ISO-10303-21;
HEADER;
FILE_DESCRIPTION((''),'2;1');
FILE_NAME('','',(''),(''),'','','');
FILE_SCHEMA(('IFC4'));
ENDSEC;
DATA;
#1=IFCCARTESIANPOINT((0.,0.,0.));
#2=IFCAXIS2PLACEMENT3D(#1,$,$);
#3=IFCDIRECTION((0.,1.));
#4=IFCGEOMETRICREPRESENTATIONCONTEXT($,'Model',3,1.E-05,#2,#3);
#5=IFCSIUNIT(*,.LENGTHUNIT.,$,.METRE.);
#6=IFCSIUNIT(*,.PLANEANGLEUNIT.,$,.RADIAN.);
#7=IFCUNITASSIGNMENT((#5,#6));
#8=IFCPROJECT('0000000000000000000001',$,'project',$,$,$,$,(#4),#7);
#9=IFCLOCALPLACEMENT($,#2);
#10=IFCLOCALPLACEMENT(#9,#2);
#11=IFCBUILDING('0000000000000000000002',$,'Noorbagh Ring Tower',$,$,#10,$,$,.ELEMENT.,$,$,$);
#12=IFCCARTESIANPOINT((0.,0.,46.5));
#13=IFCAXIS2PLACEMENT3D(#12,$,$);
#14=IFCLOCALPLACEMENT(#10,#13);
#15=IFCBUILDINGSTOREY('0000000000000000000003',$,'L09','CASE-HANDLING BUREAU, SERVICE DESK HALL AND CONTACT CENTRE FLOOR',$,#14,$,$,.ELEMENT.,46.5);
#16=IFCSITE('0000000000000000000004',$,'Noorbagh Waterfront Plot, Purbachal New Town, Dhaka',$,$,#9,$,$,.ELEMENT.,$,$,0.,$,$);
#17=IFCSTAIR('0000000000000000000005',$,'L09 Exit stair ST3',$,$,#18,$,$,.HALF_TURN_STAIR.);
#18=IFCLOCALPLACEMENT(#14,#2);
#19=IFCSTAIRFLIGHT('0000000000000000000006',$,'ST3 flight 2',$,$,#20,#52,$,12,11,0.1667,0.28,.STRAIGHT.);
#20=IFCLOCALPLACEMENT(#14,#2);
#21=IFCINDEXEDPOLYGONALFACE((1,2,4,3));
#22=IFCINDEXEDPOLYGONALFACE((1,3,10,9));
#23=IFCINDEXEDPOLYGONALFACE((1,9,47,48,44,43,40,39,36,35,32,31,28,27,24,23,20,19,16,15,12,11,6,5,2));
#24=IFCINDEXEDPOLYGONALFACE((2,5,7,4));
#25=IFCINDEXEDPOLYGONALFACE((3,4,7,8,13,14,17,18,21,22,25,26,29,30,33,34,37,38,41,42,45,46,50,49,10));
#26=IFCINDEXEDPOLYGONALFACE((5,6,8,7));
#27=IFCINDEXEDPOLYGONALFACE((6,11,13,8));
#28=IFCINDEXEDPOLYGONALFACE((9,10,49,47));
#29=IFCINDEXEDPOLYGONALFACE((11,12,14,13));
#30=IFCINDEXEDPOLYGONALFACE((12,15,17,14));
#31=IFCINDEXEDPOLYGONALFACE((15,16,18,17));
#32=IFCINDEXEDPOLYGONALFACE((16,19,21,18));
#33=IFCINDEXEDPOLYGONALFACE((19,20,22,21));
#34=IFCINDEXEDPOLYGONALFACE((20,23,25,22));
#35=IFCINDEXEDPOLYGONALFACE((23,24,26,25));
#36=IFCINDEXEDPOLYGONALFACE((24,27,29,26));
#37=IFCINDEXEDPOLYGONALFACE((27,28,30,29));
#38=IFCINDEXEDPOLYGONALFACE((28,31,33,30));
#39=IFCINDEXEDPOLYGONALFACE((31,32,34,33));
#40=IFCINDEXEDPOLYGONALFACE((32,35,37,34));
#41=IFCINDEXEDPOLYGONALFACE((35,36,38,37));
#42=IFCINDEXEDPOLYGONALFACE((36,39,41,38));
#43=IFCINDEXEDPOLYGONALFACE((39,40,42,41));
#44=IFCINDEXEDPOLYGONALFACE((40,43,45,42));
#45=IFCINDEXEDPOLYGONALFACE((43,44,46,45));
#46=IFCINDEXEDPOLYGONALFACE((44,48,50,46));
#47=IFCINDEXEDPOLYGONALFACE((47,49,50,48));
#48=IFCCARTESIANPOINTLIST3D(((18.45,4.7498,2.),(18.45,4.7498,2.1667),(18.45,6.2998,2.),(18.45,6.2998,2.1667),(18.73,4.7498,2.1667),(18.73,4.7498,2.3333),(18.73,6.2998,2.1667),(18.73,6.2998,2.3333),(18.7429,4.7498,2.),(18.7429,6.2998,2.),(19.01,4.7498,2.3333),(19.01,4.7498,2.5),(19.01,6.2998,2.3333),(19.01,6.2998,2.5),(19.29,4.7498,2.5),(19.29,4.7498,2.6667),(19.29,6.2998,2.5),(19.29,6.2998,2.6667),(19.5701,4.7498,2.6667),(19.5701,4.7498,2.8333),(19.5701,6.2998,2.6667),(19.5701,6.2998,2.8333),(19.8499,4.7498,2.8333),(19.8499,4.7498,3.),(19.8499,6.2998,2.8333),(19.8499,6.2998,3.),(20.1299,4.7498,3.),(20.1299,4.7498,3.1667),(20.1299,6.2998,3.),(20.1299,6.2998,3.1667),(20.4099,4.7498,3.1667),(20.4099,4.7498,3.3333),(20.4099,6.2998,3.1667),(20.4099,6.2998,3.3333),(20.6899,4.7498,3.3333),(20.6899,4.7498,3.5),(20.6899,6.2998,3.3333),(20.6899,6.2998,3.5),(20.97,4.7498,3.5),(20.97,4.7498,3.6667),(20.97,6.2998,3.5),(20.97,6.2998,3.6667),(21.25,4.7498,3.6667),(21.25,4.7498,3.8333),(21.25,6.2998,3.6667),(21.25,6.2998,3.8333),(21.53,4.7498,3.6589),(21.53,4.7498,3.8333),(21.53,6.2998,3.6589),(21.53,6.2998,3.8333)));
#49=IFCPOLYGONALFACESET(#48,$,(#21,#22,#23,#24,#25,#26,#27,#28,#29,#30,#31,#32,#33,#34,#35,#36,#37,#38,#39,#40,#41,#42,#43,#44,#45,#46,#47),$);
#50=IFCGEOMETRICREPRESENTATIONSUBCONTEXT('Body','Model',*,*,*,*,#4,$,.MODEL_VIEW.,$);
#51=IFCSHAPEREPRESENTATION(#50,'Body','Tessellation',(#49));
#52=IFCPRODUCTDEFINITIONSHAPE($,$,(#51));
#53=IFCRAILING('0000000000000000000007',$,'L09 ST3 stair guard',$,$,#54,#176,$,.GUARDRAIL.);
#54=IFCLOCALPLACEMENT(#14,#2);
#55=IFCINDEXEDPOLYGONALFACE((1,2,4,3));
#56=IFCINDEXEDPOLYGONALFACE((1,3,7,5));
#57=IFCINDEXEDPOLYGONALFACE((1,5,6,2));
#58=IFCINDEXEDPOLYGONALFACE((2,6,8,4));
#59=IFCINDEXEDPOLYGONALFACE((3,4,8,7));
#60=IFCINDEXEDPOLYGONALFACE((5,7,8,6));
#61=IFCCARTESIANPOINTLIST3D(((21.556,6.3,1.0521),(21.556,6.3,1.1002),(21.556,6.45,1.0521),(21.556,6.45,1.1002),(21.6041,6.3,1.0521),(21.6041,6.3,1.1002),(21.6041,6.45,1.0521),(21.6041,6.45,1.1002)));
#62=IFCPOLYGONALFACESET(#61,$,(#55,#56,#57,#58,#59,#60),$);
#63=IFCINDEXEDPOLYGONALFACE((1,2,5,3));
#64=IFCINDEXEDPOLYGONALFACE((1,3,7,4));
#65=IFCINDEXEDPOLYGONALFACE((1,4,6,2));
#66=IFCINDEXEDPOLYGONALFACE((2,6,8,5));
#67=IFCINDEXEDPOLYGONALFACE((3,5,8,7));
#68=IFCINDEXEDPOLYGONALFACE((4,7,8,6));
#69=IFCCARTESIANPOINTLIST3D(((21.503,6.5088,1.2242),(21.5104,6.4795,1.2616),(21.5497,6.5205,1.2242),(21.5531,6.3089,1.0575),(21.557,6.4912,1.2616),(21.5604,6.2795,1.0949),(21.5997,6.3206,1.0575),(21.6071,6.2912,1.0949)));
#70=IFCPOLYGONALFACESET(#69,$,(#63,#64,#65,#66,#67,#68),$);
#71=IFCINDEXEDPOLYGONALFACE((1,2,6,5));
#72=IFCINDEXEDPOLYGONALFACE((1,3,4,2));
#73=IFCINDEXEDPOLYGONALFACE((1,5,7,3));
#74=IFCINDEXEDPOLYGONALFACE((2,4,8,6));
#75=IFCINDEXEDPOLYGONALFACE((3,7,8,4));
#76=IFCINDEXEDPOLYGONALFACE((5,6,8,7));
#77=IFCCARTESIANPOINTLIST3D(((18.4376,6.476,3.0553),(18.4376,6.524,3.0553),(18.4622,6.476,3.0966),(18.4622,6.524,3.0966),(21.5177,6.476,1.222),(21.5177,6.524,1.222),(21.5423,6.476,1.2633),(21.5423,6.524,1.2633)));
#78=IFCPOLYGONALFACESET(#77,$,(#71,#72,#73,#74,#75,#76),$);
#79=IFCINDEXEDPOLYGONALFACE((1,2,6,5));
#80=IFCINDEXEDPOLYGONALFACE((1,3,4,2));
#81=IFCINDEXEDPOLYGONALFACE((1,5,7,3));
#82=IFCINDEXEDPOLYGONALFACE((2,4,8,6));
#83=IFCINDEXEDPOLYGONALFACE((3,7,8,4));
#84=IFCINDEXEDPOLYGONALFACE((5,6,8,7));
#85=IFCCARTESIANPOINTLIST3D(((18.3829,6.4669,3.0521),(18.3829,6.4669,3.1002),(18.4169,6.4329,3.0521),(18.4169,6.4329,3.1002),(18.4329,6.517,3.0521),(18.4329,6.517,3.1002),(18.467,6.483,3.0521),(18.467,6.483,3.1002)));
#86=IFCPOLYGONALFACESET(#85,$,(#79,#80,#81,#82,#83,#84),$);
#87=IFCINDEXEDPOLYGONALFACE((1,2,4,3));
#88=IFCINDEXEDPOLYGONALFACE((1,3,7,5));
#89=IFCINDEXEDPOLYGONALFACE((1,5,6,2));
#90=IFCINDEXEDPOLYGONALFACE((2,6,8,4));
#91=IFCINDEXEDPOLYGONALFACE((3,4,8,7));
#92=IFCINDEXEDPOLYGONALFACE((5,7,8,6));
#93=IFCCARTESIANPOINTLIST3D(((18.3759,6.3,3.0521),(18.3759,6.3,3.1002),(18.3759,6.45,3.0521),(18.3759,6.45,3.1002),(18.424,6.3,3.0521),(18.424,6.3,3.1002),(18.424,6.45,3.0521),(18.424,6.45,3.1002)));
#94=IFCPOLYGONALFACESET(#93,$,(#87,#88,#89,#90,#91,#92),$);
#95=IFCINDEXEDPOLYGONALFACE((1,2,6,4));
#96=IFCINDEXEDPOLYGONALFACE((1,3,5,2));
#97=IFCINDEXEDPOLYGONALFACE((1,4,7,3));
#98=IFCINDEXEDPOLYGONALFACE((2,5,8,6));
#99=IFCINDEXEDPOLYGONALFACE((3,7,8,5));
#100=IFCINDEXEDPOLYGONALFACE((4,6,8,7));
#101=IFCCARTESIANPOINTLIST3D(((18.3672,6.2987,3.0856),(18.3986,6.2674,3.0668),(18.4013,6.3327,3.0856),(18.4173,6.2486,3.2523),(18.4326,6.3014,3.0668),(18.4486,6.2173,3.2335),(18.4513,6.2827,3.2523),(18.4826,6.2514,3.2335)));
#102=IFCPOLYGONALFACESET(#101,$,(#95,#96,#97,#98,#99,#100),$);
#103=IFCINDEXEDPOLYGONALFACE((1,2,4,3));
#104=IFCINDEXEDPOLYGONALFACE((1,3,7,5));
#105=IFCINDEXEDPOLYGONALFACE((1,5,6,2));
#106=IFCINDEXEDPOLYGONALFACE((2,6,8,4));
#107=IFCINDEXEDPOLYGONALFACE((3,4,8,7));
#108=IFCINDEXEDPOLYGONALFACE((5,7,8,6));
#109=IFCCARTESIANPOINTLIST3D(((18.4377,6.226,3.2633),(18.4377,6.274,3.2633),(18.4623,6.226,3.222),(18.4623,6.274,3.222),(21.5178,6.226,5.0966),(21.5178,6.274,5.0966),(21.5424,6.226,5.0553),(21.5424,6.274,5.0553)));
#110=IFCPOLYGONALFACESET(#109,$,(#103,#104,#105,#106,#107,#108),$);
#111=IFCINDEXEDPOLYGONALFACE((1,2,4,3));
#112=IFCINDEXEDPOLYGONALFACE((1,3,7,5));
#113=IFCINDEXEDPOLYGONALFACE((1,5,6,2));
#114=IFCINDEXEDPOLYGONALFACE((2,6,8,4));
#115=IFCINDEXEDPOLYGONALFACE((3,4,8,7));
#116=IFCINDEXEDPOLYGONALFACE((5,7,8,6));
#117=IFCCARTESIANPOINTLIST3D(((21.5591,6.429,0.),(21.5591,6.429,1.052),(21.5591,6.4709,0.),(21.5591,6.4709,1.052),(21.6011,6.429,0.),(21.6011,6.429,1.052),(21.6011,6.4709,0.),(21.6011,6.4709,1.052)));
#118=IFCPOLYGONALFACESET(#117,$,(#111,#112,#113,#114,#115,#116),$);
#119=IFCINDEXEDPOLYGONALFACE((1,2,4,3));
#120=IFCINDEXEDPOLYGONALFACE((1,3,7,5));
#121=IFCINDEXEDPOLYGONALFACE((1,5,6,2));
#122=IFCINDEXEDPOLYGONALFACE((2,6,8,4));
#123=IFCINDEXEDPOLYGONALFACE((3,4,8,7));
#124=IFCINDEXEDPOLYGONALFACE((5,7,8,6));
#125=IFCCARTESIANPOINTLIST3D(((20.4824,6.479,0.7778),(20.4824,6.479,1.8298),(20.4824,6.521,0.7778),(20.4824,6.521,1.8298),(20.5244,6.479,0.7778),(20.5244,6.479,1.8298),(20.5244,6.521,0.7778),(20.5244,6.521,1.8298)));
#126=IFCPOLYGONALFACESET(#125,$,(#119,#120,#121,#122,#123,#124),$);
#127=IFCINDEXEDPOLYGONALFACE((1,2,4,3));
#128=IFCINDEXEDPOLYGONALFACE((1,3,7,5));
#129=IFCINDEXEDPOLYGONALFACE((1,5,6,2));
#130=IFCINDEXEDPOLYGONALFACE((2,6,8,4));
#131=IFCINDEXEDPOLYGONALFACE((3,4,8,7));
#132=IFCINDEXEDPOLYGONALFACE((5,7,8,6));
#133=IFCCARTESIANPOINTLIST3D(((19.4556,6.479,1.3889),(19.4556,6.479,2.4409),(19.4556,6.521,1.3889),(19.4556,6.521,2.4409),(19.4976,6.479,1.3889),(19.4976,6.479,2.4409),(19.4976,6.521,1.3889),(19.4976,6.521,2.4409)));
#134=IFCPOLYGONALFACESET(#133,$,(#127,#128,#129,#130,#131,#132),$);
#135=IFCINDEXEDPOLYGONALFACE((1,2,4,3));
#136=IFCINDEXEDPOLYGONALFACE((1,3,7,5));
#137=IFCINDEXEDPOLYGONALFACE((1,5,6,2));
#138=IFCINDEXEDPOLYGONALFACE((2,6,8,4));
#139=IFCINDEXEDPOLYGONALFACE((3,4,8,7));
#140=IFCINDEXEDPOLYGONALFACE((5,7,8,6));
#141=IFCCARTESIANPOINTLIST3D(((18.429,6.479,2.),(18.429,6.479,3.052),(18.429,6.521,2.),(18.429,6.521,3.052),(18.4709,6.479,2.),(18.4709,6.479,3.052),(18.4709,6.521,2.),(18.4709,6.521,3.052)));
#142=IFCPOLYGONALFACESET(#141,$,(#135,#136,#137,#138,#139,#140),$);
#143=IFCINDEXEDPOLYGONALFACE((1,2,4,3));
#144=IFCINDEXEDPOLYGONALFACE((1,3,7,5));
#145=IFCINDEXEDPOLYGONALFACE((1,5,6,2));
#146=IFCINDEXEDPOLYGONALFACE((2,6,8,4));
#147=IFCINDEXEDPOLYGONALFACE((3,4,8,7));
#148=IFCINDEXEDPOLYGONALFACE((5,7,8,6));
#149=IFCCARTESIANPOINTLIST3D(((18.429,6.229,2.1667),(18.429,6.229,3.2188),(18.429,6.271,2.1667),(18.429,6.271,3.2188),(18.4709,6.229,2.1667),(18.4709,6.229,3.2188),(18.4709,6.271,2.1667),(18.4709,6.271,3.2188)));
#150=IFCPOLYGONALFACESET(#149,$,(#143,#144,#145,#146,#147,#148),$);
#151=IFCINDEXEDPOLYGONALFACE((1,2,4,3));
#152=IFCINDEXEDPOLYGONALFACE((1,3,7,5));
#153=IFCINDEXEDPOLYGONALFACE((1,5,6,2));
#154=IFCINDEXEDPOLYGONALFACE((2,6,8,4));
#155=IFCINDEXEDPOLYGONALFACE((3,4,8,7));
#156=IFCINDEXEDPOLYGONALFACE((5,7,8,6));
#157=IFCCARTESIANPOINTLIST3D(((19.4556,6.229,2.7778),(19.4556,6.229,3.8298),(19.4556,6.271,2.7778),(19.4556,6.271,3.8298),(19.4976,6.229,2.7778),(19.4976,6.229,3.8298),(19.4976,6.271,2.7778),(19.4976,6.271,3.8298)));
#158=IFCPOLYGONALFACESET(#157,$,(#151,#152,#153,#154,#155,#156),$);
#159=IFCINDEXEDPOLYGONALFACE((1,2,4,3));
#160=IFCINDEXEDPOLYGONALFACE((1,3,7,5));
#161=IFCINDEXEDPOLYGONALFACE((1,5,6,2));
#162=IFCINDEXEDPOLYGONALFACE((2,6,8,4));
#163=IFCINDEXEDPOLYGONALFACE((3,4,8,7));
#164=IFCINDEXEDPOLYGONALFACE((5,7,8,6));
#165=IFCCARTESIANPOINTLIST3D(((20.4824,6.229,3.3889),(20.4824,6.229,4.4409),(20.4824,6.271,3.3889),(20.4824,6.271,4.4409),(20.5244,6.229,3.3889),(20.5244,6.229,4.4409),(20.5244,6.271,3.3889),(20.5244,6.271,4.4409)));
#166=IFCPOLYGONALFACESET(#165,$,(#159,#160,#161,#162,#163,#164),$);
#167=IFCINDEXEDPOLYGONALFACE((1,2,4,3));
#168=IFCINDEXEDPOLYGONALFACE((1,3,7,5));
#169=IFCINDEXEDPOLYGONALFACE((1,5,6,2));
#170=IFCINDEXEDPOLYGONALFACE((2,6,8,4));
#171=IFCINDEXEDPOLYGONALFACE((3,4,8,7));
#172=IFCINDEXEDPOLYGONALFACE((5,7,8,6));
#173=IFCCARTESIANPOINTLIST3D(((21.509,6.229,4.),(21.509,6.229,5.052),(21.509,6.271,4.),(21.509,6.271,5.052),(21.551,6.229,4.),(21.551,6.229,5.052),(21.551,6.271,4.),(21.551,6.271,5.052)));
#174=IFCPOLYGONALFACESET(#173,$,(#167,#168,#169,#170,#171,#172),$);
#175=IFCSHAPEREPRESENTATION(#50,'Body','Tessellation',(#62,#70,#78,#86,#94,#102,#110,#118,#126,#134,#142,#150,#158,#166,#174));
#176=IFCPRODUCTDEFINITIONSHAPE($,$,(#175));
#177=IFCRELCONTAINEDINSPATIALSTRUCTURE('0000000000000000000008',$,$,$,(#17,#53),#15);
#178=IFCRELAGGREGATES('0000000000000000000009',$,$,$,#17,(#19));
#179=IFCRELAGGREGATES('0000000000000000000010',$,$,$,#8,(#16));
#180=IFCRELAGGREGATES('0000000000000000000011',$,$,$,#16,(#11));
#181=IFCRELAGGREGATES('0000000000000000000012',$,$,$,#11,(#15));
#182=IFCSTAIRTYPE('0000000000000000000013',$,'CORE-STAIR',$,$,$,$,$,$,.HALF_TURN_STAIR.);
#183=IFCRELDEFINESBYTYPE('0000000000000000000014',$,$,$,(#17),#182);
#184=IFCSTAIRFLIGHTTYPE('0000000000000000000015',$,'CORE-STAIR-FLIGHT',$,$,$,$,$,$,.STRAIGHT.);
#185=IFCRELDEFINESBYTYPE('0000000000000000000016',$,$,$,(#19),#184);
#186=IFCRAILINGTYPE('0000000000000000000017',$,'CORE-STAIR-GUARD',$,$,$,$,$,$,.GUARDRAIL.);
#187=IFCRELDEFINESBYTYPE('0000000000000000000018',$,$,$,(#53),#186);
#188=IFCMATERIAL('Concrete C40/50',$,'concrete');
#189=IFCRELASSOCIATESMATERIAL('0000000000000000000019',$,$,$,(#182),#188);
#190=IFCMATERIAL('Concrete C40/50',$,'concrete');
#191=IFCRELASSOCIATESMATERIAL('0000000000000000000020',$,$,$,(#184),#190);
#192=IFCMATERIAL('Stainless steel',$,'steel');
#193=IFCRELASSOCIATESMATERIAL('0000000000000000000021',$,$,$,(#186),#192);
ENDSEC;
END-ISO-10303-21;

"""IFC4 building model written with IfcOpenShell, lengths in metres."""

from ifc_helpers import new_model, si_unit, direction, frame, origin, origin_2d, place, context, subcontext, project, spatial, polyline, rectangle, outline, extrude, material, type_object, element, aggregate, save


model = new_model("IFC4")

# Units and contexts
model_context = context("Model", 3, precision=1e-05, world=origin(), true_north=direction((0.0, 1.0)))
body_context = subcontext(model_context, "Body", "Model", "MODEL_VIEW")
ifc_project = project(units=[si_unit("LENGTHUNIT", "METRE"), si_unit("PLANEANGLEUNIT", "RADIAN")], contexts=[model_context])

# Site, building, storey
site_placement = place(None, origin())
site = spatial("IfcSite", under=ifc_project, at=site_placement, Name="Noorbagh Waterfront Plot, Purbachal New Town, Dhaka", CompositionType="ELEMENT", RefElevation=0.0)
building_placement = place(site_placement, origin())
building = spatial("IfcBuilding", under=site, at=building_placement, Name="Noorbagh Ring Tower", CompositionType="ELEMENT")
storey_placement = place(building_placement, frame((0.0, 0.0, 46.5)))
storey = spatial("IfcBuildingStorey", under=building, at=storey_placement, Name="L09", Description="CASE-HANDLING BUREAU, SERVICE DESK HALL AND CONTACT CENTRE FLOOR", CompositionType="ELEMENT", Elevation=46.5)

# Stair, stair flight
ifc_material_1 = material(Name="Concrete C40/50", Category="concrete")
stair_type = type_object("IfcStairType", Name="CORE-STAIR", PredefinedType="HALF_TURN_STAIR", material=ifc_material_1)
stair_placement = place(storey_placement, origin())
stair = element("IfcStair", 1, at=stair_placement, inside=storey, type_object=stair_type, Name="L09 Exit stair ST3", PredefinedType="HALF_TURN_STAIR")
ifc_material_2 = material(Name="Concrete C40/50", Category="concrete")
stair_flight_type = type_object("IfcStairFlightType", Name="CORE-STAIR-FLIGHT", PredefinedType="STRAIGHT", material=ifc_material_2)
stair_flight_1_placement = place(storey_placement, frame((18.45, 5.5249, 2.0), z_axis=(0.0, 0.0, 1.0), x_axis=(1.0, 0.0, 0.0)))
stair_flight_1 = element("IfcStairFlight", 2, at=stair_flight_1_placement, type_object=stair_flight_type, Name="ST3 flight 2", NumberOfRisers=12, NumberOfTreads=11, PredefinedType="STRAIGHT", RiserHeight=0.1667, TreadLength=0.28, context=body_context, shape_type="SweptSolid", body=[
    extrude(outline(polyline([(0.0, 0.0), (0.0, 0.1667), (0.28, 0.1667), (0.28, 0.3333), (0.5601, 0.3333), (0.5601, 0.5), (0.8401, 0.5), (0.8401, 0.6667), (1.1201, 0.6667), (1.1201, 0.8333), (1.3999, 0.8333), (1.3999, 1.0), (1.6799, 1.0), (1.6799, 1.1667), (1.96, 1.1667), (1.96, 1.3333), (2.24, 1.3333), (2.24, 1.5), (2.52, 1.5), (2.52, 1.6667), (2.8, 1.6667), (2.8, 1.8333), (3.0801, 1.8333), (3.0801, 2.0), (3.0801, 1.6589), (0.293, 0.0), (0.0, 0.0)])), frame((0.0, 0.7749, 0.0), z_axis=(0.0, -1.0, 0.0), x_axis=(1.0, 0.0, 0.0)), (0.0, 0.0, 1.0), 1.55),
])
aggregate(stair, [stair_flight_1])

# Railing
ifc_material_3 = material(Name="Stainless steel", Category="steel")
railing_type_1 = type_object("IfcRailingType", Name="CORE-STAIR-GUARD", PredefinedType="GUARDRAIL", material=ifc_material_3)
railing_1_placement = place(storey_placement, frame((21.5801, 6.45, 0.0)))
element("IfcRailing", 3, at=railing_1_placement, inside=storey, type_object=railing_type_1, Name="L09 ST3 stair guard", PredefinedType="GUARDRAIL", context=body_context, shape_type="SweptSolid", body=[
    extrude(rectangle(XDim=0.0481, YDim=0.0481, at=origin_2d()), frame((0.0, 0.0, 1.0762), z_axis=(0.0, -1.0, 0.0), x_axis=(1.0, 0.0, 0.0)), (0.0, 0.0, 1.0), 0.1499),
    extrude(rectangle(XDim=0.0481, YDim=0.0481, at=origin_2d()), frame((0.0, -0.1499, 1.0762), z_axis=(-0.188776, 0.754182, 0.628946), x_axis=(-0.970073, -0.242814, 0.0)), (0.0, 0.0, 1.0), 0.2651),
    extrude(rectangle(XDim=0.0481, YDim=0.0481, at=origin_2d()), frame((-0.05, 0.05, 1.2427), z_axis=(-0.859309, 0.0, 0.511458), x_axis=(0.0, -1.0, 0.0)), (0.0, 0.0, 1.0), 3.5845),
    extrude(rectangle(XDim=0.0481, YDim=0.0481, at=origin_2d()), frame((-3.1301, 0.05, 3.0762), z_axis=(-0.707107, -0.707107, 0.0), x_axis=(0.707107, -0.707107, 0.0)), (0.0, 0.0, 1.0), 0.0708),
    extrude(rectangle(XDim=0.0481, YDim=0.0481, at=origin_2d()), frame((-3.1802, 0.0, 3.0762), z_axis=(0.0, -1.0, 0.0), x_axis=(1.0, 0.0, 0.0)), (0.0, 0.0, 1.0), 0.1499),
    extrude(rectangle(XDim=0.0481, YDim=0.0481, at=origin_2d()), frame((-3.1802, -0.1499, 3.0762), z_axis=(0.276287, -0.276287, 0.920506), x_axis=(0.707107, 0.707107, 0.0)), (0.0, 0.0, 1.0), 0.1812),
    extrude(rectangle(XDim=0.0481, YDim=0.0481, at=origin_2d()), frame((-3.1301, -0.2, 3.2427), z_axis=(0.859309, 0.0, 0.511458), x_axis=(0.0, 1.0, 0.0)), (0.0, 0.0, 1.0), 3.5845),
    extrude(rectangle(XDim=0.042, YDim=0.042, at=origin_2d()), origin(), (0.0, 0.0, 1.0), 1.052),
    extrude(rectangle(XDim=0.042, YDim=0.042, at=origin_2d()), frame((-1.0767, 0.05, 0.7778)), (0.0, 0.0, 1.0), 1.052),
    extrude(rectangle(XDim=0.042, YDim=0.042, at=origin_2d()), frame((-2.1035, 0.05, 1.3889)), (0.0, 0.0, 1.0), 1.052),
    extrude(rectangle(XDim=0.042, YDim=0.042, at=origin_2d()), frame((-3.1301, 0.05, 2.0)), (0.0, 0.0, 1.0), 1.052),
    extrude(rectangle(XDim=0.042, YDim=0.042, at=origin_2d()), frame((-3.1301, -0.2, 2.1667)), (0.0, 0.0, 1.0), 1.052),
    extrude(rectangle(XDim=0.042, YDim=0.042, at=origin_2d()), frame((-2.1035, -0.2, 2.7778)), (0.0, 0.0, 1.0), 1.052),
    extrude(rectangle(XDim=0.042, YDim=0.042, at=origin_2d()), frame((-1.0767, -0.2, 3.3889)), (0.0, 0.0, 1.0), 1.052),
    extrude(rectangle(XDim=0.042, YDim=0.042, at=origin_2d()), frame((-0.05, -0.2, 4.0)), (0.0, 0.0, 1.0), 1.052),
])

save(model, "model.ifc")
